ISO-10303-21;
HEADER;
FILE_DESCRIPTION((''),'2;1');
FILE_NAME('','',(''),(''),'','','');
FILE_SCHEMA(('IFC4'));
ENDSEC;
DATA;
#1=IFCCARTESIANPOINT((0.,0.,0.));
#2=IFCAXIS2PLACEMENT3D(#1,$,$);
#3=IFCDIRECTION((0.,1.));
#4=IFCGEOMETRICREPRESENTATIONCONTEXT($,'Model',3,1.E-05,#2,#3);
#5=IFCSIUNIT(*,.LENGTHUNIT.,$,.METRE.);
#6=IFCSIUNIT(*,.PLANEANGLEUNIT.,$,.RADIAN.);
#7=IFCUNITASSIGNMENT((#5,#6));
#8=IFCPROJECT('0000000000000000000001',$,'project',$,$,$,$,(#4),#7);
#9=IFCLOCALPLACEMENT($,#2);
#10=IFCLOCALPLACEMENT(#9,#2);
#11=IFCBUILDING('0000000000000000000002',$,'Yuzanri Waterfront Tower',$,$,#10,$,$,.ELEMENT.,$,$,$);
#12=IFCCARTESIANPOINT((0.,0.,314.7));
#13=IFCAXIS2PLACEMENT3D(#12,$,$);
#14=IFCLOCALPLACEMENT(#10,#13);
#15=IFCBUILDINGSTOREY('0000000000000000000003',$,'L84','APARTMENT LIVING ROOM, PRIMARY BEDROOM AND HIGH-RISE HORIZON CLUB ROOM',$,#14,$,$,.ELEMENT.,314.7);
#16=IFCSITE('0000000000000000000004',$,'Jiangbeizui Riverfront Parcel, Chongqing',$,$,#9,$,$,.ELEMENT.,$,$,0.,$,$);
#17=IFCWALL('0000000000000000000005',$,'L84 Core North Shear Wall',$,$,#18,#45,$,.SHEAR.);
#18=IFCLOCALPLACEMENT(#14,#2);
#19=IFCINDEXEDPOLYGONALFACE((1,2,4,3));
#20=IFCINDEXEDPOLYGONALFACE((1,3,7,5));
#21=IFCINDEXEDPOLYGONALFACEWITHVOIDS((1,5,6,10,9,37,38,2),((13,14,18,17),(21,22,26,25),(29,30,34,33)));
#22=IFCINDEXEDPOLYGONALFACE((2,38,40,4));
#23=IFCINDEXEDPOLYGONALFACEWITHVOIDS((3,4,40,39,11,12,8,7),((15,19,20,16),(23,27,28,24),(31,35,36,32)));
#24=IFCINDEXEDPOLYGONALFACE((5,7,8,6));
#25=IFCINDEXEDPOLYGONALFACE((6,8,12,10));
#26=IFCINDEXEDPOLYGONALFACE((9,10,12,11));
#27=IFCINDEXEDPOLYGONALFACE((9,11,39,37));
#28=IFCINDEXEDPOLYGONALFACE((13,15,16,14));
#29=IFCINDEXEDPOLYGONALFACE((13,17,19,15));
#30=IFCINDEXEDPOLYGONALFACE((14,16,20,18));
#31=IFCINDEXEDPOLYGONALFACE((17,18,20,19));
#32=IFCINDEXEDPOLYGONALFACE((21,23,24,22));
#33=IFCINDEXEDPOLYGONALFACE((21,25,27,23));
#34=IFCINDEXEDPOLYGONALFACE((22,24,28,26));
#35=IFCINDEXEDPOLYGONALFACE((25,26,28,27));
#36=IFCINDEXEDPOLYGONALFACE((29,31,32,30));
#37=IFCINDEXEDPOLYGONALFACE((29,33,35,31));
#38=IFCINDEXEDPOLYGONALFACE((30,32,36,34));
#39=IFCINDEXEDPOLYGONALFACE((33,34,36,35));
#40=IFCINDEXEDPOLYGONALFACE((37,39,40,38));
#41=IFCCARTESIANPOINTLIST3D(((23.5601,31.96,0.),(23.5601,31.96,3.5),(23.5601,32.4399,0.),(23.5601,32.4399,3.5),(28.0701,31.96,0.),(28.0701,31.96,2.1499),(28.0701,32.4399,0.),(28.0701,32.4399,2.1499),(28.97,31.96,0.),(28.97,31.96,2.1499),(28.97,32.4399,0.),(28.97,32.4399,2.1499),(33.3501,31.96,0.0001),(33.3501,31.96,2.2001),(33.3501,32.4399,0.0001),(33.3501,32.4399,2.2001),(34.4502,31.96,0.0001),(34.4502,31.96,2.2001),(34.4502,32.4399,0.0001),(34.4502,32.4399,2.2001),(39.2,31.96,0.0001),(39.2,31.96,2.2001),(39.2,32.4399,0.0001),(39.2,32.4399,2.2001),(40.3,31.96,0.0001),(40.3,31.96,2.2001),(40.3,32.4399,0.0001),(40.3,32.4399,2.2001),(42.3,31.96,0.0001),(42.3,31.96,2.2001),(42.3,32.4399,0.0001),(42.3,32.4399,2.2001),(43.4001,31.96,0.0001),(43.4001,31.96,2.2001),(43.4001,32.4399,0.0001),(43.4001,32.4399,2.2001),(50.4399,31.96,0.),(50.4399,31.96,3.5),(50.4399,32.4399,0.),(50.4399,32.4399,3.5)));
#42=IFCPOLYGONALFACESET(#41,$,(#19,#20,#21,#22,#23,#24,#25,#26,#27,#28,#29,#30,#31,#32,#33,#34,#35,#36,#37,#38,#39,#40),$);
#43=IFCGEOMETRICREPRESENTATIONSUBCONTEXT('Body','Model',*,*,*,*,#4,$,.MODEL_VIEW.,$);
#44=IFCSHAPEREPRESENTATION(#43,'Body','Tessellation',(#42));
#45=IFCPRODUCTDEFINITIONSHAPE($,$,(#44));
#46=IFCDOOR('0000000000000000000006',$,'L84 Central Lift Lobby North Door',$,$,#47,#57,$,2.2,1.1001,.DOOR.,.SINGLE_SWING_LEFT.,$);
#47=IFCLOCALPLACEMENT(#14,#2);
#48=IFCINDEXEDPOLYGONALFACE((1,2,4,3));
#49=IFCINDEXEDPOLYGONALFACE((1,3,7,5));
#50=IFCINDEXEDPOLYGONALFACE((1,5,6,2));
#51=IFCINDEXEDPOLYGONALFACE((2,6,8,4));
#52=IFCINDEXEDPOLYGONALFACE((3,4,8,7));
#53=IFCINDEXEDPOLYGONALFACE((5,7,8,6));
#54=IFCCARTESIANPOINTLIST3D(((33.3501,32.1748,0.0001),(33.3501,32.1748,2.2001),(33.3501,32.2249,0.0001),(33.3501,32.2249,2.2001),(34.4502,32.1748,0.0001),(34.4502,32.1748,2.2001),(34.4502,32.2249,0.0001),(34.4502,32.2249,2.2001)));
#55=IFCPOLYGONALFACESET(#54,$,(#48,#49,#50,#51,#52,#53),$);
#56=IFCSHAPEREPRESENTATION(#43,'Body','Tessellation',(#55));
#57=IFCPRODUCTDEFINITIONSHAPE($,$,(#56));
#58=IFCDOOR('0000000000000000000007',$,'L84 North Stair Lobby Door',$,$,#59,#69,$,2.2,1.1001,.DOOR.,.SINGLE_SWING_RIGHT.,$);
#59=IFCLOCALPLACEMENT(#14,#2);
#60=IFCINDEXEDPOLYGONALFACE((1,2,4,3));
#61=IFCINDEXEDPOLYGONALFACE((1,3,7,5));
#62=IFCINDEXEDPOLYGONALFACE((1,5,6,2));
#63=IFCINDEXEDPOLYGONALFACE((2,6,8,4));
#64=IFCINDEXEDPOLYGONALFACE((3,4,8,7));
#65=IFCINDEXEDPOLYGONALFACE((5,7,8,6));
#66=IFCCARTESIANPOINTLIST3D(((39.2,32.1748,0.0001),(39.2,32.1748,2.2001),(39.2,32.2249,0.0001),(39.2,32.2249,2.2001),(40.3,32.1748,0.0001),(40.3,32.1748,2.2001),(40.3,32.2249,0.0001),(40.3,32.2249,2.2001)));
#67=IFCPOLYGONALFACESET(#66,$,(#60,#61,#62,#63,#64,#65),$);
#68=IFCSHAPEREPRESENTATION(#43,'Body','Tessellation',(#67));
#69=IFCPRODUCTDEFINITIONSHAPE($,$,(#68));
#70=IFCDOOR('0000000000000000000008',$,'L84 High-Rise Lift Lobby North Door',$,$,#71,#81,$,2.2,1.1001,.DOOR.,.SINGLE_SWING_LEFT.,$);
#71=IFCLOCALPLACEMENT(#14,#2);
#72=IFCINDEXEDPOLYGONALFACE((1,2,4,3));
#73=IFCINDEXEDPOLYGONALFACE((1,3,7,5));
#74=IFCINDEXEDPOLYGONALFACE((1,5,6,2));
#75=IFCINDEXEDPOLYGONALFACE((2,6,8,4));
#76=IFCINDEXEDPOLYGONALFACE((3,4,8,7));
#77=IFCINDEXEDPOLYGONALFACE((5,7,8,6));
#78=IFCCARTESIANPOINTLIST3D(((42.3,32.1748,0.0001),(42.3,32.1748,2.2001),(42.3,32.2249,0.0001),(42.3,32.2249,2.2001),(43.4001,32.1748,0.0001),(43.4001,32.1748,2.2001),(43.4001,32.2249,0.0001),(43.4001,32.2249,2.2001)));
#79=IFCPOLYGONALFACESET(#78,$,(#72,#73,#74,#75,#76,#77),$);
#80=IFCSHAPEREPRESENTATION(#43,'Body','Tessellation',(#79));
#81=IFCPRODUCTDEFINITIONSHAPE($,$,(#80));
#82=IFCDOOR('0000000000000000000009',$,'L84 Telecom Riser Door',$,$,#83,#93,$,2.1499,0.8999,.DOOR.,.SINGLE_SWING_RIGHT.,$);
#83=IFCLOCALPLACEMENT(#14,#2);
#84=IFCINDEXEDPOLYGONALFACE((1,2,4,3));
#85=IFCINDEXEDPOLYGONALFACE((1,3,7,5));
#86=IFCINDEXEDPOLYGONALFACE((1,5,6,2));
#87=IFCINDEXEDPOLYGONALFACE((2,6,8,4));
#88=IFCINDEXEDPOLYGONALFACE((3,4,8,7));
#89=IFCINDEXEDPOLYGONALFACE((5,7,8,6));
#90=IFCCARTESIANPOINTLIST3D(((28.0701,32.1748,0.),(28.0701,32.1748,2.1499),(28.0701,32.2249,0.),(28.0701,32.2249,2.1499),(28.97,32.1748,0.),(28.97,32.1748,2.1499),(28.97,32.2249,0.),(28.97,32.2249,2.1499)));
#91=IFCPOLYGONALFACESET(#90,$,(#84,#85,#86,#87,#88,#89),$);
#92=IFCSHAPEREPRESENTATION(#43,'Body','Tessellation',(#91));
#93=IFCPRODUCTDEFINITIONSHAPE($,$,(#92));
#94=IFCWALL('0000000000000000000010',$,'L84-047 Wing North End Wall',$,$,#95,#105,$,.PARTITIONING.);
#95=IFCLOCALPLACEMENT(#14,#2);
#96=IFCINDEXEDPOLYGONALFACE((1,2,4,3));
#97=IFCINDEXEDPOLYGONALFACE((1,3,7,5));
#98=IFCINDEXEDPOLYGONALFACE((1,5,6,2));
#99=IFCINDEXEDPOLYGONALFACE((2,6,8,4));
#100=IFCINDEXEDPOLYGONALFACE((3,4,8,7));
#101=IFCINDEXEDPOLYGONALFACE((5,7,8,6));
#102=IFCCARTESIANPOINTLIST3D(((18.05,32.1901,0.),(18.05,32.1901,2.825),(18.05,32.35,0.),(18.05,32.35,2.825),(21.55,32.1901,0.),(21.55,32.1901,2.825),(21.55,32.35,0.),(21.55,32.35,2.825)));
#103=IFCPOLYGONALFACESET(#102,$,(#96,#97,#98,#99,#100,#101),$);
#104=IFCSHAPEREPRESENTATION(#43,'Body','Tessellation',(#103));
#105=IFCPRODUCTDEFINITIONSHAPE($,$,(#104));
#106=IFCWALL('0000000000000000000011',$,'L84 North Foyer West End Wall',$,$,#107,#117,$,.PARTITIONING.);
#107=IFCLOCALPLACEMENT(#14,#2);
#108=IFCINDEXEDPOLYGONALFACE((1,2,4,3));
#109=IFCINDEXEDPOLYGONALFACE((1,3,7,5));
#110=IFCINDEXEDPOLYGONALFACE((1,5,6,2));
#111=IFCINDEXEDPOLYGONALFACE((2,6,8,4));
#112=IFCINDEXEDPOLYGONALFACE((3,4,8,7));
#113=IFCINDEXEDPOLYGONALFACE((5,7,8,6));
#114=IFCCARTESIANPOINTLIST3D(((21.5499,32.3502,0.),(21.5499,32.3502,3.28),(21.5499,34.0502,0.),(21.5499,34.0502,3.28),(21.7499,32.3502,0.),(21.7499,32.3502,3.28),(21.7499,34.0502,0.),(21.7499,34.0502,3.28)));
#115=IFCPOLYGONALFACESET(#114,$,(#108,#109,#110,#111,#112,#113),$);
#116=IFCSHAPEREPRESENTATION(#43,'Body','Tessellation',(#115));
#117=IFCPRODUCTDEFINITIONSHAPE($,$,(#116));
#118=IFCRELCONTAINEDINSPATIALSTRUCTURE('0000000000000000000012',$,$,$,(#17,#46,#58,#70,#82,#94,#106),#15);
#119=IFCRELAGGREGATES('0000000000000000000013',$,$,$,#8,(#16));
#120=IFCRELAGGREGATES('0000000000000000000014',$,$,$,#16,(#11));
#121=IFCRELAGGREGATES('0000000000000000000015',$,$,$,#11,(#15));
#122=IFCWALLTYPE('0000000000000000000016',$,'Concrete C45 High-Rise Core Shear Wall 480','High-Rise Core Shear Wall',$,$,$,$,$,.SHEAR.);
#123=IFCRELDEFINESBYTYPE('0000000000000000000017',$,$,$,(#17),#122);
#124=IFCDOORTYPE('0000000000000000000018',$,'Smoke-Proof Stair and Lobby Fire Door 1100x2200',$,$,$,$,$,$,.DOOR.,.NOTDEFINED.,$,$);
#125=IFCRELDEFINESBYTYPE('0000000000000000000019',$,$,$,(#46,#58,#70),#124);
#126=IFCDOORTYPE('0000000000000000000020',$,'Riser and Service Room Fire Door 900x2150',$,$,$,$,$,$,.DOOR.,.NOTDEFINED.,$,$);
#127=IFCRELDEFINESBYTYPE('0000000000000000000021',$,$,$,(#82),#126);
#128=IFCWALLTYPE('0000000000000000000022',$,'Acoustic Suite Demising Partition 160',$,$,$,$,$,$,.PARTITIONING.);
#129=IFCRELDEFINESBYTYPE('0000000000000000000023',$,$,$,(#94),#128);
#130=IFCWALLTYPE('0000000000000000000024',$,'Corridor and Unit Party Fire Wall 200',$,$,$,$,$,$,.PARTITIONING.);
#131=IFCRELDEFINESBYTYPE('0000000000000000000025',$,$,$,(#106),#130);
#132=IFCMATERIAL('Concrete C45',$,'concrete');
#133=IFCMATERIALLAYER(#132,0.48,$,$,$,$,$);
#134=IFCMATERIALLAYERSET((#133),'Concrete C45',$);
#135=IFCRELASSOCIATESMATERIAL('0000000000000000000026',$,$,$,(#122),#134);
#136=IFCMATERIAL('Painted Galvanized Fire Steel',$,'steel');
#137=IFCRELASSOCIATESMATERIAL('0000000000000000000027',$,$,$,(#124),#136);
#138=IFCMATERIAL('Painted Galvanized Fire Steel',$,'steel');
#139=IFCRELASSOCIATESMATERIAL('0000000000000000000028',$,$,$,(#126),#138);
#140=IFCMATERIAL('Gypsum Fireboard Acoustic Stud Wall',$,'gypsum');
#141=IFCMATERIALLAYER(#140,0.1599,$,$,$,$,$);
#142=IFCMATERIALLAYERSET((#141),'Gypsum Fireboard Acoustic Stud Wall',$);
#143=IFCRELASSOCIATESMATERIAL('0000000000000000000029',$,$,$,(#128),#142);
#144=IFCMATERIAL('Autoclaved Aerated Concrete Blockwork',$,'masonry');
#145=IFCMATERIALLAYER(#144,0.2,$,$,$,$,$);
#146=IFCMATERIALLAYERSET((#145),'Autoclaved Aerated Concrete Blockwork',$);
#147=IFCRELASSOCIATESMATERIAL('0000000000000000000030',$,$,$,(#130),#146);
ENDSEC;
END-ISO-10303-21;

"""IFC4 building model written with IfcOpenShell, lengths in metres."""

from ifc_helpers import new_model, si_unit, direction, frame, frame_2d, origin, place, context, subcontext, project, spatial, rectangle, extrude, source, transform, mapped, material, layer, layer_set, type_object, element, fill, save


model = new_model("IFC4")

# Units and contexts
model_context = context("Model", 3, precision=1e-05, world=origin(), true_north=direction((0.0, 1.0)))
body_context = subcontext(model_context, "Body", "Model", "MODEL_VIEW")
ifc_project = project(units=[si_unit("LENGTHUNIT", "METRE"), si_unit("PLANEANGLEUNIT", "RADIAN")], contexts=[model_context])

# Site, building, storey
site_placement = place(None, origin())
site = spatial("IfcSite", under=ifc_project, at=site_placement, Name="Jiangbeizui Riverfront Parcel, Chongqing", CompositionType="ELEMENT", RefElevation=0.0)
building_placement = place(site_placement, origin())
building = spatial("IfcBuilding", under=site, at=building_placement, Name="Yuzanri Waterfront Tower", CompositionType="ELEMENT")
storey_placement = place(building_placement, frame((0.0, 0.0, 314.7)))
storey = spatial("IfcBuildingStorey", under=building, at=storey_placement, Name="L84", Description="APARTMENT LIVING ROOM, PRIMARY BEDROOM AND HIGH-RISE HORIZON CLUB ROOM", CompositionType="ELEMENT", Elevation=314.7)

# Wall, openings, doors
ifc_material_1 = material(Name="Concrete C45", Category="concrete")
ifc_layer_1 = layer(ifc_material_1, 0.48)
ifc_layer_set_1 = layer_set([ifc_layer_1], Name="Concrete C45")
wall_type_1 = type_object("IfcWallType", Name="Concrete C45 High-Rise Core Shear Wall 480", Description="High-Rise Core Shear Wall", PredefinedType="SHEAR", material=ifc_layer_set_1)
wall_1_placement = place(storey_placement, frame((23.5601, 32.2, 0.0), z_axis=(0.0, 0.0, 1.0), x_axis=(1.0, 0.0, 0.0)))
wall_1 = element("IfcWall", 1, at=wall_1_placement, inside=storey, type_object=wall_type_1, Name="L84 Core North Shear Wall", PredefinedType="SHEAR", context=body_context, shape_type="SweptSolid", body=[
    extrude(rectangle(XDim=26.8799, YDim=0.48, at=frame_2d((13.4399, 0.0))), origin(), (0.0, 0.0, 1.0), 3.5),
])
opening_1_placement = place(wall_1_placement, frame((4.51, 0.0, 0.0)))
opening_1 = element("IfcOpeningElement", 2, at=opening_1_placement, cuts=wall_1, PredefinedType="OPENING", context=body_context, shape_type="SweptSolid", body=[
    extrude(rectangle(XDim=0.8999, YDim=2.1499, at=frame_2d((0.45, 1.075))), frame((0.0, 0.2549, 0.0), z_axis=(0.0, -1.0, 0.0), x_axis=(1.0, 0.0, 0.0)), (0.0, 0.0, 1.0), 0.5098),
])
opening_2_placement = place(wall_1_placement, frame((9.79, 0.0, 0.0)))
opening_2 = element("IfcOpeningElement", 3, at=opening_2_placement, cuts=wall_1, PredefinedType="OPENING", context=body_context, shape_type="SweptSolid", body=[
    extrude(rectangle(XDim=1.1001, YDim=2.2, at=frame_2d((0.55, 1.1001))), frame((0.0, 0.2549, 0.0), z_axis=(0.0, -1.0, 0.0), x_axis=(1.0, 0.0, 0.0)), (0.0, 0.0, 1.0), 0.5098),
])
opening_3_placement = place(wall_1_placement, frame((15.6399, 0.0, 0.0)))
opening_3 = element("IfcOpeningElement", 4, at=opening_3_placement, cuts=wall_1, PredefinedType="OPENING", context=body_context, shape_type="SweptSolid", body=[
    extrude(rectangle(XDim=1.1001, YDim=2.2, at=frame_2d((0.55, 1.1001))), frame((0.0, 0.2549, 0.0), z_axis=(0.0, -1.0, 0.0), x_axis=(1.0, 0.0, 0.0)), (0.0, 0.0, 1.0), 0.5098),
])
opening_4_placement = place(wall_1_placement, frame((18.74, 0.0, 0.0)))
opening_4 = element("IfcOpeningElement", 5, at=opening_4_placement, cuts=wall_1, PredefinedType="OPENING", context=body_context, shape_type="SweptSolid", body=[
    extrude(rectangle(XDim=1.1001, YDim=2.2, at=frame_2d((0.55, 1.1001))), frame((0.0, 0.2549, 0.0), z_axis=(0.0, -1.0, 0.0), x_axis=(1.0, 0.0, 0.0)), (0.0, 0.0, 1.0), 0.5098),
])
ifc_material_2 = material(Name="Painted Galvanized Fire Steel", Category="steel")
door_type_1 = type_object("IfcDoorType", Name="Smoke-Proof Stair and Lobby Fire Door 1100x2200", OperationType="NOTDEFINED", PredefinedType="DOOR", material=ifc_material_2)
shared_shape_1 = source(origin(), body_context, "Body", "SweptSolid", [
    extrude(rectangle(XDim=1.1001, YDim=2.2, at=frame_2d((0.55, 1.1001))), frame((0.0, 0.0249, 0.0), z_axis=(0.0, -1.0, 0.0), x_axis=(1.0, 0.0, 0.0)), (0.0, 0.0, 1.0), 0.05),
])
door_1_placement = place(opening_2_placement, origin())
door_1 = element("IfcDoor", 6, at=door_1_placement, inside=storey, type_object=door_type_1, Name="L84 Central Lift Lobby North Door", OperationType="SINGLE_SWING_LEFT", OverallHeight=2.2, OverallWidth=1.1001, PredefinedType="DOOR", context=body_context, shape_type="MappedRepresentation", body=[
    mapped(shared_shape_1, transform((0.0, 0.0, 0.0), scale=1.0)),
])
fill(opening_2, door_1)
door_2_placement = place(opening_3_placement, origin())
door_2 = element("IfcDoor", 7, at=door_2_placement, inside=storey, type_object=door_type_1, Name="L84 North Stair Lobby Door", OperationType="SINGLE_SWING_RIGHT", OverallHeight=2.2, OverallWidth=1.1001, PredefinedType="DOOR", context=body_context, shape_type="MappedRepresentation", body=[
    mapped(shared_shape_1, transform((0.0, 0.0, 0.0), scale=1.0)),
])
fill(opening_3, door_2)
door_3_placement = place(opening_4_placement, origin())
door_3 = element("IfcDoor", 8, at=door_3_placement, inside=storey, type_object=door_type_1, Name="L84 High-Rise Lift Lobby North Door", OperationType="SINGLE_SWING_LEFT", OverallHeight=2.2, OverallWidth=1.1001, PredefinedType="DOOR", context=body_context, shape_type="MappedRepresentation", body=[
    mapped(shared_shape_1, transform((0.0, 0.0, 0.0), scale=1.0)),
])
fill(opening_4, door_3)
ifc_material_3 = material(Name="Painted Galvanized Fire Steel", Category="steel")
door_type_2 = type_object("IfcDoorType", Name="Riser and Service Room Fire Door 900x2150", OperationType="NOTDEFINED", PredefinedType="DOOR", material=ifc_material_3)
shared_shape_2 = source(origin(), body_context, "Body", "SweptSolid", [
    extrude(rectangle(XDim=0.8999, YDim=2.1499, at=frame_2d((0.45, 1.075))), frame((0.0, 0.0249, 0.0), z_axis=(0.0, -1.0, 0.0), x_axis=(1.0, 0.0, 0.0)), (0.0, 0.0, 1.0), 0.05),
])
door_4_placement = place(opening_1_placement, origin())
door_4 = element("IfcDoor", 9, at=door_4_placement, inside=storey, type_object=door_type_2, Name="L84 Telecom Riser Door", OperationType="SINGLE_SWING_RIGHT", OverallHeight=2.1499, OverallWidth=0.8999, PredefinedType="DOOR", context=body_context, shape_type="MappedRepresentation", body=[
    mapped(shared_shape_2, transform((0.0, 0.0, 0.0), scale=1.0)),
])
fill(opening_1, door_4)

# Walls
ifc_material_4 = material(Name="Gypsum Fireboard Acoustic Stud Wall", Category="gypsum")
ifc_layer_2 = layer(ifc_material_4, 0.1599)
ifc_layer_set_2 = layer_set([ifc_layer_2], Name="Gypsum Fireboard Acoustic Stud Wall")
wall_type_2 = type_object("IfcWallType", Name="Acoustic Suite Demising Partition 160", PredefinedType="PARTITIONING", material=ifc_layer_set_2)
shared_shape_3 = source(origin(), body_context, "Body", "SweptSolid", [
    extrude(rectangle(XDim=3.5, YDim=0.1599, at=frame_2d((1.75, 0.0))), origin(), (0.0, 0.0, 1.0), 2.825),
])
wall_2_placement = place(storey_placement, frame((18.05, 32.27, 0.0), z_axis=(0.0, 0.0, 1.0), x_axis=(1.0, 0.0, 0.0)))
element("IfcWall", 10, at=wall_2_placement, inside=storey, type_object=wall_type_2, Name="L84-047 Wing North End Wall", PredefinedType="PARTITIONING", context=body_context, shape_type="MappedRepresentation", body=[
    mapped(shared_shape_3, transform((0.0, 0.0, 0.0), scale=1.0)),
])
ifc_material_5 = material(Name="Autoclaved Aerated Concrete Blockwork", Category="masonry")
ifc_layer_3 = layer(ifc_material_5, 0.2)
ifc_layer_set_3 = layer_set([ifc_layer_3], Name="Autoclaved Aerated Concrete Blockwork")
wall_type_3 = type_object("IfcWallType", Name="Corridor and Unit Party Fire Wall 200", PredefinedType="PARTITIONING", material=ifc_layer_set_3)
shared_shape_4 = source(origin(), body_context, "Body", "SweptSolid", [
    extrude(rectangle(XDim=1.7, YDim=0.2, at=frame_2d((0.8501, 0.0))), origin(), (0.0, 0.0, 1.0), 3.28),
])
wall_3_placement = place(storey_placement, frame((21.6499, 32.3501, 0.0), z_axis=(0.0, 0.0, 1.0), x_axis=(0.0, 1.0, 0.0)))
element("IfcWall", 11, at=wall_3_placement, inside=storey, type_object=wall_type_3, Name="L84 North Foyer West End Wall", PredefinedType="PARTITIONING", context=body_context, shape_type="MappedRepresentation", body=[
    mapped(shared_shape_4, transform((0.0, 0.0, 0.0), scale=1.0)),
])

save(model, "model.ifc")
